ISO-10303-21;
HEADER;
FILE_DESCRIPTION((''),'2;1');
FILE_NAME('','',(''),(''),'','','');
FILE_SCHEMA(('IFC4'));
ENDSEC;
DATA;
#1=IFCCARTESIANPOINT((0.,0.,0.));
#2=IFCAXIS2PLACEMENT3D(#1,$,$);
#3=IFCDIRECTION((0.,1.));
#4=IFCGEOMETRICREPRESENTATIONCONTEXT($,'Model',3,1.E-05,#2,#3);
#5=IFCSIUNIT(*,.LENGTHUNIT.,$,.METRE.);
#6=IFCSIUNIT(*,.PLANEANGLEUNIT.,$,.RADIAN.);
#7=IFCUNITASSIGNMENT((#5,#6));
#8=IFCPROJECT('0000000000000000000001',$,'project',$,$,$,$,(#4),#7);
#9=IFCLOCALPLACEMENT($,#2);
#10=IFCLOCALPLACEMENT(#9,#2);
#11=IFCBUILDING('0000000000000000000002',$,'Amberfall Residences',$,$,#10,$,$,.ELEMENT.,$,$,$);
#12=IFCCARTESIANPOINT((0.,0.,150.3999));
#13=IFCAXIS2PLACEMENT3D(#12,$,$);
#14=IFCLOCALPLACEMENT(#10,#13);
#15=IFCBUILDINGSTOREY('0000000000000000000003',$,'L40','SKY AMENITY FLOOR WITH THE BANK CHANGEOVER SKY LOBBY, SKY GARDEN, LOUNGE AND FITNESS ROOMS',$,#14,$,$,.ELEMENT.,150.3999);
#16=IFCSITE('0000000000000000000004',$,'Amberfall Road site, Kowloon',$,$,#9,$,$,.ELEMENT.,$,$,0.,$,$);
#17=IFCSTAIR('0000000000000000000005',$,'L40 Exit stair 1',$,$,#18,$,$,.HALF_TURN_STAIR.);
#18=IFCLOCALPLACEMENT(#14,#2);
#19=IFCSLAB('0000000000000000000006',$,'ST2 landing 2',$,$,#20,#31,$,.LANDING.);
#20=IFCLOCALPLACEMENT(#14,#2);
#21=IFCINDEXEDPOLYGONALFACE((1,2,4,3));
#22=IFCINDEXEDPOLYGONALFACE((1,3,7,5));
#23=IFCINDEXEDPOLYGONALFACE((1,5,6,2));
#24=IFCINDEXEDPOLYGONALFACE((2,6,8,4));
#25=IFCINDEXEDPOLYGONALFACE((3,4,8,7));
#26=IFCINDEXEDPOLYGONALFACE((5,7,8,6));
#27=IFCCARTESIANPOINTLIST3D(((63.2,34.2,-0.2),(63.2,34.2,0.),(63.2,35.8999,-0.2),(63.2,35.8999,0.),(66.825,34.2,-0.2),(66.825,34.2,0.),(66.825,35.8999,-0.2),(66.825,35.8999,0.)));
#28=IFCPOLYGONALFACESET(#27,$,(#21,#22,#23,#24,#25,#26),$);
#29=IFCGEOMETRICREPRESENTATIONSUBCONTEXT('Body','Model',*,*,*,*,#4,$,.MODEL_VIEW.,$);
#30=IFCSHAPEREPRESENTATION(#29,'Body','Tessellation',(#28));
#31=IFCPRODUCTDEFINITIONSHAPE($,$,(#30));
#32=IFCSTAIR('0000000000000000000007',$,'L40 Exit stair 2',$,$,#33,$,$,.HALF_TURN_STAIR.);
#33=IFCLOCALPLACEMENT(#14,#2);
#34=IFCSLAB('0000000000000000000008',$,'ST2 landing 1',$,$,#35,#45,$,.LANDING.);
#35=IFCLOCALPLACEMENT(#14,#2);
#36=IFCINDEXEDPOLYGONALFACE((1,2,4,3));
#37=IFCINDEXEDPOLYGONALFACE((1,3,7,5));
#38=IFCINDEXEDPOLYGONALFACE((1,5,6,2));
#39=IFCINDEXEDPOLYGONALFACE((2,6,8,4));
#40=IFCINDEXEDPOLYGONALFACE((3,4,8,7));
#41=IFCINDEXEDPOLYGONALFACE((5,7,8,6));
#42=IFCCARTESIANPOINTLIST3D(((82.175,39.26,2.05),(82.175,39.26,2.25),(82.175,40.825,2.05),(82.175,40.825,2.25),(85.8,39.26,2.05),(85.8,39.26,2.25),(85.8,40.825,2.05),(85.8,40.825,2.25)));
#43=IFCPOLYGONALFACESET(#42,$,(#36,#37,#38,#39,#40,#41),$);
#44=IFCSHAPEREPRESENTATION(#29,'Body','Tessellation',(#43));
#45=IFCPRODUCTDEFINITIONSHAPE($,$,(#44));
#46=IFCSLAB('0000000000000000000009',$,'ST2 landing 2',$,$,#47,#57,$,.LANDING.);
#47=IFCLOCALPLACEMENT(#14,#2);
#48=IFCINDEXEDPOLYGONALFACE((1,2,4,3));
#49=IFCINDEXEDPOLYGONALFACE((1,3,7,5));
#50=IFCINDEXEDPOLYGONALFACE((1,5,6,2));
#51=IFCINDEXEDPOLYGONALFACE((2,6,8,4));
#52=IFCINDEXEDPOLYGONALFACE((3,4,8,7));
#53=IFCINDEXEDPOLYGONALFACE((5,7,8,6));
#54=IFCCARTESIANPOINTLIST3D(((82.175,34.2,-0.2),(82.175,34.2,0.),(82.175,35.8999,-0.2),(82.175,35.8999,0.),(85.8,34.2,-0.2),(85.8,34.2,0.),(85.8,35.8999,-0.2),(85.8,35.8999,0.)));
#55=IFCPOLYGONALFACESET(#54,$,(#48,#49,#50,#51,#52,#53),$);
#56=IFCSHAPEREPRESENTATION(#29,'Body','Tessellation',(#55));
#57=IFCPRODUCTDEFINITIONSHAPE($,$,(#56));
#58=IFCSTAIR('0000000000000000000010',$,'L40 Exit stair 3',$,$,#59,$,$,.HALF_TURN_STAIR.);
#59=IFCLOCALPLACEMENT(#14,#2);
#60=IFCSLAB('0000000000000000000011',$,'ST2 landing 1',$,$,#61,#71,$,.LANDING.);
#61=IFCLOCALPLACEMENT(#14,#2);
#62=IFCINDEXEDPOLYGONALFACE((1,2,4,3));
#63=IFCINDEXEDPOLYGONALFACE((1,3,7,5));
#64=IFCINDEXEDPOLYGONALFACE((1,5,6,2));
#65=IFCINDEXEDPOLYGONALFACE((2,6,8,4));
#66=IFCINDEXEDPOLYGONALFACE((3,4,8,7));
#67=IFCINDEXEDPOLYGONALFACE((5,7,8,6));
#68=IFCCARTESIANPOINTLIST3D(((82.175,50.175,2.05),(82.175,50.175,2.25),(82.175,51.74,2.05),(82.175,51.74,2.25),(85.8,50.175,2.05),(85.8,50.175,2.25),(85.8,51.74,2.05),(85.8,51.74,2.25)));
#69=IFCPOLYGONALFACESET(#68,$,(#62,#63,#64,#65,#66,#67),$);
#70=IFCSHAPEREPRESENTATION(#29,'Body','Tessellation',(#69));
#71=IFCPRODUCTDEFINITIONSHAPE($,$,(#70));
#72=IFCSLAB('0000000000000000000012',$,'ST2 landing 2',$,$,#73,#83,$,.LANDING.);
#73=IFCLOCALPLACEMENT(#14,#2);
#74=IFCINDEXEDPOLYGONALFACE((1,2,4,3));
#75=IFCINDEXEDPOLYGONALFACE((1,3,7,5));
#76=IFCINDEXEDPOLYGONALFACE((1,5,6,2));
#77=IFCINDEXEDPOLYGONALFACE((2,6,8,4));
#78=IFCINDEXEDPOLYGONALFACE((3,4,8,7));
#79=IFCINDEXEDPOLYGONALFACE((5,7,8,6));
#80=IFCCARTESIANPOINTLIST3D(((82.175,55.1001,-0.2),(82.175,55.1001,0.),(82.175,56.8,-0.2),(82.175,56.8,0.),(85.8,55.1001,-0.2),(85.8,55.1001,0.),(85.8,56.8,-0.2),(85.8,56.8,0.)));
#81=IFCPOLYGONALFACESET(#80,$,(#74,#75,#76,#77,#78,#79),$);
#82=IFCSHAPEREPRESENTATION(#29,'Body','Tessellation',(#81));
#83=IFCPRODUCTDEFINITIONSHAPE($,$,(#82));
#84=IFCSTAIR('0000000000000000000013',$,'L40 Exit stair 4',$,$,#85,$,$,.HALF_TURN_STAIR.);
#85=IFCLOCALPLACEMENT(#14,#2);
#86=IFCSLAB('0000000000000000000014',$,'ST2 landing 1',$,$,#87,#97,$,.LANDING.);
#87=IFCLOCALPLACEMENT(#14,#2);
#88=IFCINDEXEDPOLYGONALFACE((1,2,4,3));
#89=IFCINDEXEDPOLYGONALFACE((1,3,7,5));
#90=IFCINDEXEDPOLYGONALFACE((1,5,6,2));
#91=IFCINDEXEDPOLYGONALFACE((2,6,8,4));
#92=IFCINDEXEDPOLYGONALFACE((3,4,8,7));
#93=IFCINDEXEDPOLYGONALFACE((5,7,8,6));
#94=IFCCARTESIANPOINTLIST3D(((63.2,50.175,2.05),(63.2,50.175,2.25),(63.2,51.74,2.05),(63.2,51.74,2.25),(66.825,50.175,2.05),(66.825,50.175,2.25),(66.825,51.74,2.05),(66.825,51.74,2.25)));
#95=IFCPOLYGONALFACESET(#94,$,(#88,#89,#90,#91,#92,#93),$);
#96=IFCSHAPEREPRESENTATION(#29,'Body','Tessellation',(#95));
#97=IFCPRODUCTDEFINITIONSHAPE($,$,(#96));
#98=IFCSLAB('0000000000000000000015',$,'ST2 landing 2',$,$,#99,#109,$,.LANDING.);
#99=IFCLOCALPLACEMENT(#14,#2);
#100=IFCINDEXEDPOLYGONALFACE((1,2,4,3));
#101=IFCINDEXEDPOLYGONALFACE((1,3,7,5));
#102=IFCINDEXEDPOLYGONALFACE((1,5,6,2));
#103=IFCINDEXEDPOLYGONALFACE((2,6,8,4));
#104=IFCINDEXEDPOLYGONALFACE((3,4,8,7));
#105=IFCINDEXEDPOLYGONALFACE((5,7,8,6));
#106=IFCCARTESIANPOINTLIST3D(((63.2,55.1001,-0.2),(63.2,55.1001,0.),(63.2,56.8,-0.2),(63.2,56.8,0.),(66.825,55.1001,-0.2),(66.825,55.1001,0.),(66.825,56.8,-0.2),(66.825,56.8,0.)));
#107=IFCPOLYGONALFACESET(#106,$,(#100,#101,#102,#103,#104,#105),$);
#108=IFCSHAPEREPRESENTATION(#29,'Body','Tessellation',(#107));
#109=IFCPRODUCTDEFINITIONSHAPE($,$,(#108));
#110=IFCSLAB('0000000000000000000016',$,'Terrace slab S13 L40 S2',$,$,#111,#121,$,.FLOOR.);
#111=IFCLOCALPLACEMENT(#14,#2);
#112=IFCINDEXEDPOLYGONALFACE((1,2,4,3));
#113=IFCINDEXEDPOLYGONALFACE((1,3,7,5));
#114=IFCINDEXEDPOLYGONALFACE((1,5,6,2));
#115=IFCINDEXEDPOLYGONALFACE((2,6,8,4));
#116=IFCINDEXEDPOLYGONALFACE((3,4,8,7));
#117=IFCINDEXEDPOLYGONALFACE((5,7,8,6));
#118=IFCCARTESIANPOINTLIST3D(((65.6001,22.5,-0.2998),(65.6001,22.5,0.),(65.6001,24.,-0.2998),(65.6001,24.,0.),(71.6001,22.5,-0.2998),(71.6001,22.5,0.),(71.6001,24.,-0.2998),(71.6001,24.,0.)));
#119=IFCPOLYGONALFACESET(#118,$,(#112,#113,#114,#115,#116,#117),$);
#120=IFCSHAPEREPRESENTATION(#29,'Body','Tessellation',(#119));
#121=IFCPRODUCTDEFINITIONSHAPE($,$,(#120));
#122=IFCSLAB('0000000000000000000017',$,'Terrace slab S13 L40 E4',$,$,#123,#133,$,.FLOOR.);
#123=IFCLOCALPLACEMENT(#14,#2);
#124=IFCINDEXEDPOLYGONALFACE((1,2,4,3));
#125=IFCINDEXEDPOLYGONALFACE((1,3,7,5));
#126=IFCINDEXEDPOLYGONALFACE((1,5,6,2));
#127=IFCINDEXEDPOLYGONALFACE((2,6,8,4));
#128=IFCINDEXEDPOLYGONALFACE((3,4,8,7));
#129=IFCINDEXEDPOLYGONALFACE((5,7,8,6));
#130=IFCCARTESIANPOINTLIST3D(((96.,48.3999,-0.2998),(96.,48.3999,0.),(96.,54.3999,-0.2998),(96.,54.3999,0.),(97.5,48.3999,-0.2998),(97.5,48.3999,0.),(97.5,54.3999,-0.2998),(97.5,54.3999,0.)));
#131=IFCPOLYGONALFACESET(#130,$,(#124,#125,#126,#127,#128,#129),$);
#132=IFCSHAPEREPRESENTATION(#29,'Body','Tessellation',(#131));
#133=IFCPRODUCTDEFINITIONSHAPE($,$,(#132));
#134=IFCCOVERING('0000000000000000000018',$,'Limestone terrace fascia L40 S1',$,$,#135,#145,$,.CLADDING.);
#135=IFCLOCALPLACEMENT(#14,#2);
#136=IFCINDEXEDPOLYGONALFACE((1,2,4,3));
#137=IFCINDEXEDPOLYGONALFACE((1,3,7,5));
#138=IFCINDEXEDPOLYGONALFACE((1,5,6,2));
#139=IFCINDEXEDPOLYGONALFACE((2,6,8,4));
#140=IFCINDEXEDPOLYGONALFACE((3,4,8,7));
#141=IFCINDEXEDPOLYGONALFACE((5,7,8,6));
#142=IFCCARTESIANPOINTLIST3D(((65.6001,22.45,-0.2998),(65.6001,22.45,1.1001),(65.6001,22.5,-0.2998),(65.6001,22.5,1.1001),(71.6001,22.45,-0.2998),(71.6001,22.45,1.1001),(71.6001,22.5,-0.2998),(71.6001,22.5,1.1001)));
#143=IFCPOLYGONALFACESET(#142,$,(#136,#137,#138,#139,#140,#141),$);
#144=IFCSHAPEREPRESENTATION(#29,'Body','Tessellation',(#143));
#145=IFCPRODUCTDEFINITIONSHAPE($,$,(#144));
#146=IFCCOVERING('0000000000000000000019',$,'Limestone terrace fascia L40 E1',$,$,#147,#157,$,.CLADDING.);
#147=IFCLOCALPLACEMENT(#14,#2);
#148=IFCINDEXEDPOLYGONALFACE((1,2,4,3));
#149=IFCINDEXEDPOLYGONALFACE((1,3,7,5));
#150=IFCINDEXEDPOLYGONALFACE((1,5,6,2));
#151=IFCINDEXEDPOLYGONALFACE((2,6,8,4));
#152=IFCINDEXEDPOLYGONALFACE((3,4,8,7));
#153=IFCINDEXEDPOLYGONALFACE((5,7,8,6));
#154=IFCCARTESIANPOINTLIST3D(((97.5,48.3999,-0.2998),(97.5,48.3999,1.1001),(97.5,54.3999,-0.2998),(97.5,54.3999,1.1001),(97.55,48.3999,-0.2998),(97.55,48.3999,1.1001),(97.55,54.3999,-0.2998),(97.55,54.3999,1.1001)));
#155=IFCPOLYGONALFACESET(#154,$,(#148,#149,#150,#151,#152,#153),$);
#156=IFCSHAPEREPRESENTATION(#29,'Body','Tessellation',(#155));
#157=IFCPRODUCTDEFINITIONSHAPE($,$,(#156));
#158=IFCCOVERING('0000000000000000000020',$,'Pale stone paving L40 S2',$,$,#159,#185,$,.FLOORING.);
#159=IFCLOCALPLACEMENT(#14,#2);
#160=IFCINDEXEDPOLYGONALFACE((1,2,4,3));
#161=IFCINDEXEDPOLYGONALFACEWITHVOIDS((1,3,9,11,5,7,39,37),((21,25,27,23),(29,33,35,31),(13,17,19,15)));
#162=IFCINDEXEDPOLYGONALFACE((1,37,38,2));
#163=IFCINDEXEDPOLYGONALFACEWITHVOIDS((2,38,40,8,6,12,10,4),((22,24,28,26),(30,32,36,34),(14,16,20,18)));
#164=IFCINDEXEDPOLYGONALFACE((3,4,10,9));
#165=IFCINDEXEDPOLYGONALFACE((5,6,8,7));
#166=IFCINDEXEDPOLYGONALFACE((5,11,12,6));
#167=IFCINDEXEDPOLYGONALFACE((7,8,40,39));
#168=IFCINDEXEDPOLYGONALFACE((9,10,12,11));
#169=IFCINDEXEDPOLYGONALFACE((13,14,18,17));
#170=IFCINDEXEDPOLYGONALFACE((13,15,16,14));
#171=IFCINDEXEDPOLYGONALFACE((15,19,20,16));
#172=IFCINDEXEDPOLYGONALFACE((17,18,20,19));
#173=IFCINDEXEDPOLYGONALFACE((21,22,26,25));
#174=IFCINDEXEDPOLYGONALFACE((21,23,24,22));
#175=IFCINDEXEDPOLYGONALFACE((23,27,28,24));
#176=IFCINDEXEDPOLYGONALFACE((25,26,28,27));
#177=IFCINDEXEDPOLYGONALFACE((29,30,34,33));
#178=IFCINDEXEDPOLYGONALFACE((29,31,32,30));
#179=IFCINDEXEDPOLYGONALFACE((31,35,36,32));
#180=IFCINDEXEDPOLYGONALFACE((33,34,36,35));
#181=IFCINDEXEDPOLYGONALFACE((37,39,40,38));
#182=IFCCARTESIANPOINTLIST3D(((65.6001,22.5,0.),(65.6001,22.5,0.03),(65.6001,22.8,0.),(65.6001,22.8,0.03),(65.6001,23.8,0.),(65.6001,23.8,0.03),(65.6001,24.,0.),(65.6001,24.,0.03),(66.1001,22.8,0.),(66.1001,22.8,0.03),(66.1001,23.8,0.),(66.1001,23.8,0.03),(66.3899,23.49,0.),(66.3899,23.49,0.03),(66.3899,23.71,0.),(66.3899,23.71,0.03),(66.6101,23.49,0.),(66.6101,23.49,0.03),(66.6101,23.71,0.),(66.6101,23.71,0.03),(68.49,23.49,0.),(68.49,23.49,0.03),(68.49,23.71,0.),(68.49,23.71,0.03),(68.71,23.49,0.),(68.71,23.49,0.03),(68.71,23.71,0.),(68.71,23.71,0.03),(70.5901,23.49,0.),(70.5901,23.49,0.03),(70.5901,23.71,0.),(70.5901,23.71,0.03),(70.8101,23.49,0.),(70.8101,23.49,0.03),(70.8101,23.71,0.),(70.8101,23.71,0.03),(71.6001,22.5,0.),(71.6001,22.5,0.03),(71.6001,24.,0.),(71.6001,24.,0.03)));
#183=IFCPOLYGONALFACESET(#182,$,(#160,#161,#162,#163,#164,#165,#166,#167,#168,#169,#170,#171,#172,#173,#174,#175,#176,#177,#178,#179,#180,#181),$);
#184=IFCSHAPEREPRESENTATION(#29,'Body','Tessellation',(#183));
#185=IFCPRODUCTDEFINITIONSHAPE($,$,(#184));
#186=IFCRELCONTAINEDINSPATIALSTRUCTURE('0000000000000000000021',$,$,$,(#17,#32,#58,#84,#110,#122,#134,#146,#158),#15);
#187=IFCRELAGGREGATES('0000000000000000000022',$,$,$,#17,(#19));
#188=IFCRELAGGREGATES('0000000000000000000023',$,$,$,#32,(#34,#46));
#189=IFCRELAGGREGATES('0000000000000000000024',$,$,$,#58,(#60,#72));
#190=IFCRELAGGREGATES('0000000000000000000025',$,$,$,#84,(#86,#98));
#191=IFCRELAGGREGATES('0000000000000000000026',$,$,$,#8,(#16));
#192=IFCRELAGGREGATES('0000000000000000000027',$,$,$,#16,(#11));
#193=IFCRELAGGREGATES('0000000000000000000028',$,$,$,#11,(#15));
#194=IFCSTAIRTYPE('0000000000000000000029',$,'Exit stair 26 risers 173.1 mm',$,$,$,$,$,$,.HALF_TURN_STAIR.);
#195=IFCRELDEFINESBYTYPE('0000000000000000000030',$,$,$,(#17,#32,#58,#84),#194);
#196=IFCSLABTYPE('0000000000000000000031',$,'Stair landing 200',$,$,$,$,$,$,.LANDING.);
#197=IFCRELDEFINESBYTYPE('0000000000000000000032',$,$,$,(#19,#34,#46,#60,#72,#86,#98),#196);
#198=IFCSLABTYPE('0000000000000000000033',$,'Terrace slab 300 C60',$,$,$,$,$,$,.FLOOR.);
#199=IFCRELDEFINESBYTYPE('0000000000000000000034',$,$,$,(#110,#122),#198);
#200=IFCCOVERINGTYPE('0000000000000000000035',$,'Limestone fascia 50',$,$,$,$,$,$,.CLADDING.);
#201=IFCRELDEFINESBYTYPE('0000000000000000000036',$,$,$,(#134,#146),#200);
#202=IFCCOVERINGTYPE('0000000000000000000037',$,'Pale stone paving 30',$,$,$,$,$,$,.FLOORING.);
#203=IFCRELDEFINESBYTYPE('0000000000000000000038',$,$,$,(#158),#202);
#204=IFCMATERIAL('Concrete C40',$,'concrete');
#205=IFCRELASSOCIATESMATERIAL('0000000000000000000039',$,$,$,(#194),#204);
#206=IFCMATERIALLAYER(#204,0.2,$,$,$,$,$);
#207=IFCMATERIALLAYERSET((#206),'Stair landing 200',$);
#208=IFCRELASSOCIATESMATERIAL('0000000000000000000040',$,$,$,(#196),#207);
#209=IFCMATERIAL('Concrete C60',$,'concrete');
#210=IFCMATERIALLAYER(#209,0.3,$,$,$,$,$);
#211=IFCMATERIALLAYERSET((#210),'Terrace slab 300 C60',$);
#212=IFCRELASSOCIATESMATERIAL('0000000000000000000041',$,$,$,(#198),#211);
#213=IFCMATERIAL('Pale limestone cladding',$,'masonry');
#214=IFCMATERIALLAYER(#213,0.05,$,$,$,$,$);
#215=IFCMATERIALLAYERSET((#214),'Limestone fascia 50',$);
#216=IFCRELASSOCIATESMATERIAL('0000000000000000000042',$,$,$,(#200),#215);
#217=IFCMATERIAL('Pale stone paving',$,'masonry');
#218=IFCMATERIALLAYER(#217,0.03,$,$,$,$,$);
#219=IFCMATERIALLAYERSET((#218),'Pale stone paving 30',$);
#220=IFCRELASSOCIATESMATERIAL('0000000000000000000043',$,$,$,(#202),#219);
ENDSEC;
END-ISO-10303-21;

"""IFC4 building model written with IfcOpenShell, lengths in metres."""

from ifc_helpers import new_model, si_unit, direction, frame, origin, place, context, subcontext, project, spatial, polyline, outline, extrude, material, layer, layer_set, type_object, element, aggregate, save


model = new_model("IFC4")

# Units and contexts
model_context = context("Model", 3, precision=1e-05, world=origin(), true_north=direction((0.0, 1.0)))
body_context = subcontext(model_context, "Body", "Model", "MODEL_VIEW")
ifc_project = project(units=[si_unit("LENGTHUNIT", "METRE"), si_unit("PLANEANGLEUNIT", "RADIAN")], contexts=[model_context])

# Site, building, storey
site_placement = place(None, origin())
site = spatial("IfcSite", under=ifc_project, at=site_placement, Name="Amberfall Road site, Kowloon", CompositionType="ELEMENT", RefElevation=0.0)
building_placement = place(site_placement, origin())
building = spatial("IfcBuilding", under=site, at=building_placement, Name="Amberfall Residences", CompositionType="ELEMENT")
storey_placement = place(building_placement, frame((0.0, 0.0, 150.3999)))
storey = spatial("IfcBuildingStorey", under=building, at=storey_placement, Name="L40", Description="SKY AMENITY FLOOR WITH THE BANK CHANGEOVER SKY LOBBY, SKY GARDEN, LOUNGE AND FITNESS ROOMS", CompositionType="ELEMENT", Elevation=150.3999)

# Shared definitions
ifc_material_1 = material(Name="Concrete C60", Category="concrete")

# Stairs, slabs
ifc_material_2 = material(Name="Concrete C40", Category="concrete")
stair_type = type_object("IfcStairType", Name="Exit stair 26 risers 173.1 mm", PredefinedType="HALF_TURN_STAIR", material=ifc_material_2)
stair_1_placement = place(storey_placement, origin())
stair_1 = element("IfcStair", 1, at=stair_1_placement, inside=storey, type_object=stair_type, Name="L40 Exit stair 1", PredefinedType="HALF_TURN_STAIR")
ifc_layer_1 = layer(ifc_material_2, 0.2)
ifc_layer_set_1 = layer_set([ifc_layer_1], Name="Stair landing 200")
slab_type_1 = type_object("IfcSlabType", Name="Stair landing 200", PredefinedType="LANDING", material=ifc_layer_set_1)
slab_1_placement = place(storey_placement, frame((0.0, 0.0, -0.2)))
slab_1 = element("IfcSlab", 2, at=slab_1_placement, type_object=slab_type_1, Name="ST2 landing 2", PredefinedType="LANDING", context=body_context, shape_type="SweptSolid", body=[
    extrude(outline(polyline([(66.825, 34.2), (66.825, 35.8999), (63.2, 35.8999), (63.2, 34.2), (66.825, 34.2)])), origin(), (0.0, 0.0, 1.0), 0.2),
])
aggregate(stair_1, [slab_1])
stair_2_placement = place(storey_placement, origin())
stair_2 = element("IfcStair", 3, at=stair_2_placement, inside=storey, type_object=stair_type, Name="L40 Exit stair 2", PredefinedType="HALF_TURN_STAIR")
slab_2_placement = place(storey_placement, frame((0.0, 0.0, 2.05)))
slab_2 = element("IfcSlab", 4, at=slab_2_placement, type_object=slab_type_1, Name="ST2 landing 1", PredefinedType="LANDING", context=body_context, shape_type="SweptSolid", body=[
    extrude(outline(polyline([(85.8, 39.26), (85.8, 40.825), (82.175, 40.825), (82.175, 39.26), (85.8, 39.26)])), origin(), (0.0, 0.0, 1.0), 0.2),
])
slab_3_placement = place(storey_placement, frame((0.0, 0.0, -0.2)))
slab_3 = element("IfcSlab", 5, at=slab_3_placement, type_object=slab_type_1, Name="ST2 landing 2", PredefinedType="LANDING", context=body_context, shape_type="SweptSolid", body=[
    extrude(outline(polyline([(85.8, 34.2), (85.8, 35.8999), (82.175, 35.8999), (82.175, 34.2), (85.8, 34.2)])), origin(), (0.0, 0.0, 1.0), 0.2),
])
aggregate(stair_2, [slab_2, slab_3])
stair_3_placement = place(storey_placement, origin())
stair_3 = element("IfcStair", 6, at=stair_3_placement, inside=storey, type_object=stair_type, Name="L40 Exit stair 3", PredefinedType="HALF_TURN_STAIR")
slab_4_placement = place(storey_placement, frame((0.0, 0.0, 2.05)))
slab_4 = element("IfcSlab", 7, at=slab_4_placement, type_object=slab_type_1, Name="ST2 landing 1", PredefinedType="LANDING", context=body_context, shape_type="SweptSolid", body=[
    extrude(outline(polyline([(82.175, 51.74), (82.175, 50.175), (85.8, 50.175), (85.8, 51.74), (82.175, 51.74)])), origin(), (0.0, 0.0, 1.0), 0.2),
])
slab_5_placement = place(storey_placement, frame((0.0, 0.0, -0.2)))
slab_5 = element("IfcSlab", 8, at=slab_5_placement, type_object=slab_type_1, Name="ST2 landing 2", PredefinedType="LANDING", context=body_context, shape_type="SweptSolid", body=[
    extrude(outline(polyline([(82.175, 56.8), (82.175, 55.1001), (85.8, 55.1001), (85.8, 56.8), (82.175, 56.8)])), origin(), (0.0, 0.0, 1.0), 0.2),
])
aggregate(stair_3, [slab_4, slab_5])
stair_4_placement = place(storey_placement, origin())
stair_4 = element("IfcStair", 9, at=stair_4_placement, inside=storey, type_object=stair_type, Name="L40 Exit stair 4", PredefinedType="HALF_TURN_STAIR")
slab_6_placement = place(storey_placement, frame((0.0, 0.0, 2.05)))
slab_6 = element("IfcSlab", 10, at=slab_6_placement, type_object=slab_type_1, Name="ST2 landing 1", PredefinedType="LANDING", context=body_context, shape_type="SweptSolid", body=[
    extrude(outline(polyline([(63.2, 51.74), (63.2, 50.175), (66.825, 50.175), (66.825, 51.74), (63.2, 51.74)])), origin(), (0.0, 0.0, 1.0), 0.2),
])
slab_7_placement = place(storey_placement, frame((0.0, 0.0, -0.2)))
slab_7 = element("IfcSlab", 11, at=slab_7_placement, type_object=slab_type_1, Name="ST2 landing 2", PredefinedType="LANDING", context=body_context, shape_type="SweptSolid", body=[
    extrude(outline(polyline([(63.2, 56.8), (63.2, 55.1001), (66.825, 55.1001), (66.825, 56.8), (63.2, 56.8)])), origin(), (0.0, 0.0, 1.0), 0.2),
])
aggregate(stair_4, [slab_6, slab_7])

# Slabs
ifc_layer_2 = layer(ifc_material_1, 0.3)
ifc_layer_set_2 = layer_set([ifc_layer_2], Name="Terrace slab 300 C60")
slab_type_2 = type_object("IfcSlabType", Name="Terrace slab 300 C60", PredefinedType="FLOOR", material=ifc_layer_set_2)
slab_8_placement = place(storey_placement, frame((0.0, 0.0, -0.2998)))
element("IfcSlab", 12, at=slab_8_placement, inside=storey, type_object=slab_type_2, Name="Terrace slab S13 L40 S2", PredefinedType="FLOOR", context=body_context, shape_type="SweptSolid", body=[
    extrude(outline(polyline([(71.6001, 22.5), (71.6001, 24.0), (65.6001, 24.0), (65.6001, 22.5), (71.6001, 22.5)])), origin(), (0.0, 0.0, 1.0), 0.2998),
])
slab_9_placement = place(storey_placement, frame((0.0, 0.0, -0.2998)))
element("IfcSlab", 13, at=slab_9_placement, inside=storey, type_object=slab_type_2, Name="Terrace slab S13 L40 E4", PredefinedType="FLOOR", context=body_context, shape_type="SweptSolid", body=[
    extrude(outline(polyline([(97.5, 48.3999), (97.5, 54.3999), (96.0, 54.3999), (96.0, 48.3999), (97.5, 48.3999)])), origin(), (0.0, 0.0, 1.0), 0.2998),
])

# Coverings
ifc_material_3 = material(Name="Pale limestone cladding", Category="masonry")
ifc_layer_3 = layer(ifc_material_3, 0.05)
ifc_layer_set_3 = layer_set([ifc_layer_3], Name="Limestone fascia 50")
covering_type_1 = type_object("IfcCoveringType", Name="Limestone fascia 50", PredefinedType="CLADDING", material=ifc_layer_set_3)
covering_1_placement = place(storey_placement, frame((0.0, 0.0, -0.2998)))
element("IfcCovering", 14, at=covering_1_placement, inside=storey, type_object=covering_type_1, Name="Limestone terrace fascia L40 S1", PredefinedType="CLADDING", context=body_context, shape_type="SweptSolid", body=[
    extrude(outline(polyline([(65.6001, 22.5), (71.6001, 22.5), (71.6001, 22.45), (65.6001, 22.45), (65.6001, 22.5)])), origin(), (0.0, 0.0, 1.0), 1.3999),
])
covering_2_placement = place(storey_placement, frame((0.0, 0.0, -0.2998)))
element("IfcCovering", 15, at=covering_2_placement, inside=storey, type_object=covering_type_1, Name="Limestone terrace fascia L40 E1", PredefinedType="CLADDING", context=body_context, shape_type="SweptSolid", body=[
    extrude(outline(polyline([(97.5, 48.3999), (97.5, 54.3999), (97.55, 54.3999), (97.55, 48.3999), (97.5, 48.3999)])), origin(), (0.0, 0.0, 1.0), 1.3999),
])
ifc_material_4 = material(Name="Pale stone paving", Category="masonry")
ifc_layer_4 = layer(ifc_material_4, 0.03)
ifc_layer_set_4 = layer_set([ifc_layer_4], Name="Pale stone paving 30")
covering_type_2 = type_object("IfcCoveringType", Name="Pale stone paving 30", PredefinedType="FLOORING", material=ifc_layer_set_4)
covering_3_placement = place(storey_placement, origin())
element("IfcCovering", 16, at=covering_3_placement, inside=storey, type_object=covering_type_2, Name="Pale stone paving L40 S2", PredefinedType="FLOORING", context=body_context, shape_type="SweptSolid", body=[
    extrude(outline(polyline([(65.6001, 24.0), (65.6001, 23.8), (66.1001, 23.8), (66.1001, 22.8), (65.6001, 22.8), (65.6001, 22.5), (71.6001, 22.5), (71.6001, 24.0), (65.6001, 24.0)]), holes=[polyline([(66.3899, 23.49), (66.6101, 23.49), (66.6101, 23.71), (66.3899, 23.71), (66.3899, 23.49)]), polyline([(68.49, 23.49), (68.71, 23.49), (68.71, 23.71), (68.49, 23.71), (68.49, 23.49)]), polyline([(70.5901, 23.49), (70.8101, 23.49), (70.8101, 23.71), (70.5901, 23.71), (70.5901, 23.49)])]), origin(), (0.0, 0.0, 1.0), 0.03),
])

save(model, "model.ifc")
